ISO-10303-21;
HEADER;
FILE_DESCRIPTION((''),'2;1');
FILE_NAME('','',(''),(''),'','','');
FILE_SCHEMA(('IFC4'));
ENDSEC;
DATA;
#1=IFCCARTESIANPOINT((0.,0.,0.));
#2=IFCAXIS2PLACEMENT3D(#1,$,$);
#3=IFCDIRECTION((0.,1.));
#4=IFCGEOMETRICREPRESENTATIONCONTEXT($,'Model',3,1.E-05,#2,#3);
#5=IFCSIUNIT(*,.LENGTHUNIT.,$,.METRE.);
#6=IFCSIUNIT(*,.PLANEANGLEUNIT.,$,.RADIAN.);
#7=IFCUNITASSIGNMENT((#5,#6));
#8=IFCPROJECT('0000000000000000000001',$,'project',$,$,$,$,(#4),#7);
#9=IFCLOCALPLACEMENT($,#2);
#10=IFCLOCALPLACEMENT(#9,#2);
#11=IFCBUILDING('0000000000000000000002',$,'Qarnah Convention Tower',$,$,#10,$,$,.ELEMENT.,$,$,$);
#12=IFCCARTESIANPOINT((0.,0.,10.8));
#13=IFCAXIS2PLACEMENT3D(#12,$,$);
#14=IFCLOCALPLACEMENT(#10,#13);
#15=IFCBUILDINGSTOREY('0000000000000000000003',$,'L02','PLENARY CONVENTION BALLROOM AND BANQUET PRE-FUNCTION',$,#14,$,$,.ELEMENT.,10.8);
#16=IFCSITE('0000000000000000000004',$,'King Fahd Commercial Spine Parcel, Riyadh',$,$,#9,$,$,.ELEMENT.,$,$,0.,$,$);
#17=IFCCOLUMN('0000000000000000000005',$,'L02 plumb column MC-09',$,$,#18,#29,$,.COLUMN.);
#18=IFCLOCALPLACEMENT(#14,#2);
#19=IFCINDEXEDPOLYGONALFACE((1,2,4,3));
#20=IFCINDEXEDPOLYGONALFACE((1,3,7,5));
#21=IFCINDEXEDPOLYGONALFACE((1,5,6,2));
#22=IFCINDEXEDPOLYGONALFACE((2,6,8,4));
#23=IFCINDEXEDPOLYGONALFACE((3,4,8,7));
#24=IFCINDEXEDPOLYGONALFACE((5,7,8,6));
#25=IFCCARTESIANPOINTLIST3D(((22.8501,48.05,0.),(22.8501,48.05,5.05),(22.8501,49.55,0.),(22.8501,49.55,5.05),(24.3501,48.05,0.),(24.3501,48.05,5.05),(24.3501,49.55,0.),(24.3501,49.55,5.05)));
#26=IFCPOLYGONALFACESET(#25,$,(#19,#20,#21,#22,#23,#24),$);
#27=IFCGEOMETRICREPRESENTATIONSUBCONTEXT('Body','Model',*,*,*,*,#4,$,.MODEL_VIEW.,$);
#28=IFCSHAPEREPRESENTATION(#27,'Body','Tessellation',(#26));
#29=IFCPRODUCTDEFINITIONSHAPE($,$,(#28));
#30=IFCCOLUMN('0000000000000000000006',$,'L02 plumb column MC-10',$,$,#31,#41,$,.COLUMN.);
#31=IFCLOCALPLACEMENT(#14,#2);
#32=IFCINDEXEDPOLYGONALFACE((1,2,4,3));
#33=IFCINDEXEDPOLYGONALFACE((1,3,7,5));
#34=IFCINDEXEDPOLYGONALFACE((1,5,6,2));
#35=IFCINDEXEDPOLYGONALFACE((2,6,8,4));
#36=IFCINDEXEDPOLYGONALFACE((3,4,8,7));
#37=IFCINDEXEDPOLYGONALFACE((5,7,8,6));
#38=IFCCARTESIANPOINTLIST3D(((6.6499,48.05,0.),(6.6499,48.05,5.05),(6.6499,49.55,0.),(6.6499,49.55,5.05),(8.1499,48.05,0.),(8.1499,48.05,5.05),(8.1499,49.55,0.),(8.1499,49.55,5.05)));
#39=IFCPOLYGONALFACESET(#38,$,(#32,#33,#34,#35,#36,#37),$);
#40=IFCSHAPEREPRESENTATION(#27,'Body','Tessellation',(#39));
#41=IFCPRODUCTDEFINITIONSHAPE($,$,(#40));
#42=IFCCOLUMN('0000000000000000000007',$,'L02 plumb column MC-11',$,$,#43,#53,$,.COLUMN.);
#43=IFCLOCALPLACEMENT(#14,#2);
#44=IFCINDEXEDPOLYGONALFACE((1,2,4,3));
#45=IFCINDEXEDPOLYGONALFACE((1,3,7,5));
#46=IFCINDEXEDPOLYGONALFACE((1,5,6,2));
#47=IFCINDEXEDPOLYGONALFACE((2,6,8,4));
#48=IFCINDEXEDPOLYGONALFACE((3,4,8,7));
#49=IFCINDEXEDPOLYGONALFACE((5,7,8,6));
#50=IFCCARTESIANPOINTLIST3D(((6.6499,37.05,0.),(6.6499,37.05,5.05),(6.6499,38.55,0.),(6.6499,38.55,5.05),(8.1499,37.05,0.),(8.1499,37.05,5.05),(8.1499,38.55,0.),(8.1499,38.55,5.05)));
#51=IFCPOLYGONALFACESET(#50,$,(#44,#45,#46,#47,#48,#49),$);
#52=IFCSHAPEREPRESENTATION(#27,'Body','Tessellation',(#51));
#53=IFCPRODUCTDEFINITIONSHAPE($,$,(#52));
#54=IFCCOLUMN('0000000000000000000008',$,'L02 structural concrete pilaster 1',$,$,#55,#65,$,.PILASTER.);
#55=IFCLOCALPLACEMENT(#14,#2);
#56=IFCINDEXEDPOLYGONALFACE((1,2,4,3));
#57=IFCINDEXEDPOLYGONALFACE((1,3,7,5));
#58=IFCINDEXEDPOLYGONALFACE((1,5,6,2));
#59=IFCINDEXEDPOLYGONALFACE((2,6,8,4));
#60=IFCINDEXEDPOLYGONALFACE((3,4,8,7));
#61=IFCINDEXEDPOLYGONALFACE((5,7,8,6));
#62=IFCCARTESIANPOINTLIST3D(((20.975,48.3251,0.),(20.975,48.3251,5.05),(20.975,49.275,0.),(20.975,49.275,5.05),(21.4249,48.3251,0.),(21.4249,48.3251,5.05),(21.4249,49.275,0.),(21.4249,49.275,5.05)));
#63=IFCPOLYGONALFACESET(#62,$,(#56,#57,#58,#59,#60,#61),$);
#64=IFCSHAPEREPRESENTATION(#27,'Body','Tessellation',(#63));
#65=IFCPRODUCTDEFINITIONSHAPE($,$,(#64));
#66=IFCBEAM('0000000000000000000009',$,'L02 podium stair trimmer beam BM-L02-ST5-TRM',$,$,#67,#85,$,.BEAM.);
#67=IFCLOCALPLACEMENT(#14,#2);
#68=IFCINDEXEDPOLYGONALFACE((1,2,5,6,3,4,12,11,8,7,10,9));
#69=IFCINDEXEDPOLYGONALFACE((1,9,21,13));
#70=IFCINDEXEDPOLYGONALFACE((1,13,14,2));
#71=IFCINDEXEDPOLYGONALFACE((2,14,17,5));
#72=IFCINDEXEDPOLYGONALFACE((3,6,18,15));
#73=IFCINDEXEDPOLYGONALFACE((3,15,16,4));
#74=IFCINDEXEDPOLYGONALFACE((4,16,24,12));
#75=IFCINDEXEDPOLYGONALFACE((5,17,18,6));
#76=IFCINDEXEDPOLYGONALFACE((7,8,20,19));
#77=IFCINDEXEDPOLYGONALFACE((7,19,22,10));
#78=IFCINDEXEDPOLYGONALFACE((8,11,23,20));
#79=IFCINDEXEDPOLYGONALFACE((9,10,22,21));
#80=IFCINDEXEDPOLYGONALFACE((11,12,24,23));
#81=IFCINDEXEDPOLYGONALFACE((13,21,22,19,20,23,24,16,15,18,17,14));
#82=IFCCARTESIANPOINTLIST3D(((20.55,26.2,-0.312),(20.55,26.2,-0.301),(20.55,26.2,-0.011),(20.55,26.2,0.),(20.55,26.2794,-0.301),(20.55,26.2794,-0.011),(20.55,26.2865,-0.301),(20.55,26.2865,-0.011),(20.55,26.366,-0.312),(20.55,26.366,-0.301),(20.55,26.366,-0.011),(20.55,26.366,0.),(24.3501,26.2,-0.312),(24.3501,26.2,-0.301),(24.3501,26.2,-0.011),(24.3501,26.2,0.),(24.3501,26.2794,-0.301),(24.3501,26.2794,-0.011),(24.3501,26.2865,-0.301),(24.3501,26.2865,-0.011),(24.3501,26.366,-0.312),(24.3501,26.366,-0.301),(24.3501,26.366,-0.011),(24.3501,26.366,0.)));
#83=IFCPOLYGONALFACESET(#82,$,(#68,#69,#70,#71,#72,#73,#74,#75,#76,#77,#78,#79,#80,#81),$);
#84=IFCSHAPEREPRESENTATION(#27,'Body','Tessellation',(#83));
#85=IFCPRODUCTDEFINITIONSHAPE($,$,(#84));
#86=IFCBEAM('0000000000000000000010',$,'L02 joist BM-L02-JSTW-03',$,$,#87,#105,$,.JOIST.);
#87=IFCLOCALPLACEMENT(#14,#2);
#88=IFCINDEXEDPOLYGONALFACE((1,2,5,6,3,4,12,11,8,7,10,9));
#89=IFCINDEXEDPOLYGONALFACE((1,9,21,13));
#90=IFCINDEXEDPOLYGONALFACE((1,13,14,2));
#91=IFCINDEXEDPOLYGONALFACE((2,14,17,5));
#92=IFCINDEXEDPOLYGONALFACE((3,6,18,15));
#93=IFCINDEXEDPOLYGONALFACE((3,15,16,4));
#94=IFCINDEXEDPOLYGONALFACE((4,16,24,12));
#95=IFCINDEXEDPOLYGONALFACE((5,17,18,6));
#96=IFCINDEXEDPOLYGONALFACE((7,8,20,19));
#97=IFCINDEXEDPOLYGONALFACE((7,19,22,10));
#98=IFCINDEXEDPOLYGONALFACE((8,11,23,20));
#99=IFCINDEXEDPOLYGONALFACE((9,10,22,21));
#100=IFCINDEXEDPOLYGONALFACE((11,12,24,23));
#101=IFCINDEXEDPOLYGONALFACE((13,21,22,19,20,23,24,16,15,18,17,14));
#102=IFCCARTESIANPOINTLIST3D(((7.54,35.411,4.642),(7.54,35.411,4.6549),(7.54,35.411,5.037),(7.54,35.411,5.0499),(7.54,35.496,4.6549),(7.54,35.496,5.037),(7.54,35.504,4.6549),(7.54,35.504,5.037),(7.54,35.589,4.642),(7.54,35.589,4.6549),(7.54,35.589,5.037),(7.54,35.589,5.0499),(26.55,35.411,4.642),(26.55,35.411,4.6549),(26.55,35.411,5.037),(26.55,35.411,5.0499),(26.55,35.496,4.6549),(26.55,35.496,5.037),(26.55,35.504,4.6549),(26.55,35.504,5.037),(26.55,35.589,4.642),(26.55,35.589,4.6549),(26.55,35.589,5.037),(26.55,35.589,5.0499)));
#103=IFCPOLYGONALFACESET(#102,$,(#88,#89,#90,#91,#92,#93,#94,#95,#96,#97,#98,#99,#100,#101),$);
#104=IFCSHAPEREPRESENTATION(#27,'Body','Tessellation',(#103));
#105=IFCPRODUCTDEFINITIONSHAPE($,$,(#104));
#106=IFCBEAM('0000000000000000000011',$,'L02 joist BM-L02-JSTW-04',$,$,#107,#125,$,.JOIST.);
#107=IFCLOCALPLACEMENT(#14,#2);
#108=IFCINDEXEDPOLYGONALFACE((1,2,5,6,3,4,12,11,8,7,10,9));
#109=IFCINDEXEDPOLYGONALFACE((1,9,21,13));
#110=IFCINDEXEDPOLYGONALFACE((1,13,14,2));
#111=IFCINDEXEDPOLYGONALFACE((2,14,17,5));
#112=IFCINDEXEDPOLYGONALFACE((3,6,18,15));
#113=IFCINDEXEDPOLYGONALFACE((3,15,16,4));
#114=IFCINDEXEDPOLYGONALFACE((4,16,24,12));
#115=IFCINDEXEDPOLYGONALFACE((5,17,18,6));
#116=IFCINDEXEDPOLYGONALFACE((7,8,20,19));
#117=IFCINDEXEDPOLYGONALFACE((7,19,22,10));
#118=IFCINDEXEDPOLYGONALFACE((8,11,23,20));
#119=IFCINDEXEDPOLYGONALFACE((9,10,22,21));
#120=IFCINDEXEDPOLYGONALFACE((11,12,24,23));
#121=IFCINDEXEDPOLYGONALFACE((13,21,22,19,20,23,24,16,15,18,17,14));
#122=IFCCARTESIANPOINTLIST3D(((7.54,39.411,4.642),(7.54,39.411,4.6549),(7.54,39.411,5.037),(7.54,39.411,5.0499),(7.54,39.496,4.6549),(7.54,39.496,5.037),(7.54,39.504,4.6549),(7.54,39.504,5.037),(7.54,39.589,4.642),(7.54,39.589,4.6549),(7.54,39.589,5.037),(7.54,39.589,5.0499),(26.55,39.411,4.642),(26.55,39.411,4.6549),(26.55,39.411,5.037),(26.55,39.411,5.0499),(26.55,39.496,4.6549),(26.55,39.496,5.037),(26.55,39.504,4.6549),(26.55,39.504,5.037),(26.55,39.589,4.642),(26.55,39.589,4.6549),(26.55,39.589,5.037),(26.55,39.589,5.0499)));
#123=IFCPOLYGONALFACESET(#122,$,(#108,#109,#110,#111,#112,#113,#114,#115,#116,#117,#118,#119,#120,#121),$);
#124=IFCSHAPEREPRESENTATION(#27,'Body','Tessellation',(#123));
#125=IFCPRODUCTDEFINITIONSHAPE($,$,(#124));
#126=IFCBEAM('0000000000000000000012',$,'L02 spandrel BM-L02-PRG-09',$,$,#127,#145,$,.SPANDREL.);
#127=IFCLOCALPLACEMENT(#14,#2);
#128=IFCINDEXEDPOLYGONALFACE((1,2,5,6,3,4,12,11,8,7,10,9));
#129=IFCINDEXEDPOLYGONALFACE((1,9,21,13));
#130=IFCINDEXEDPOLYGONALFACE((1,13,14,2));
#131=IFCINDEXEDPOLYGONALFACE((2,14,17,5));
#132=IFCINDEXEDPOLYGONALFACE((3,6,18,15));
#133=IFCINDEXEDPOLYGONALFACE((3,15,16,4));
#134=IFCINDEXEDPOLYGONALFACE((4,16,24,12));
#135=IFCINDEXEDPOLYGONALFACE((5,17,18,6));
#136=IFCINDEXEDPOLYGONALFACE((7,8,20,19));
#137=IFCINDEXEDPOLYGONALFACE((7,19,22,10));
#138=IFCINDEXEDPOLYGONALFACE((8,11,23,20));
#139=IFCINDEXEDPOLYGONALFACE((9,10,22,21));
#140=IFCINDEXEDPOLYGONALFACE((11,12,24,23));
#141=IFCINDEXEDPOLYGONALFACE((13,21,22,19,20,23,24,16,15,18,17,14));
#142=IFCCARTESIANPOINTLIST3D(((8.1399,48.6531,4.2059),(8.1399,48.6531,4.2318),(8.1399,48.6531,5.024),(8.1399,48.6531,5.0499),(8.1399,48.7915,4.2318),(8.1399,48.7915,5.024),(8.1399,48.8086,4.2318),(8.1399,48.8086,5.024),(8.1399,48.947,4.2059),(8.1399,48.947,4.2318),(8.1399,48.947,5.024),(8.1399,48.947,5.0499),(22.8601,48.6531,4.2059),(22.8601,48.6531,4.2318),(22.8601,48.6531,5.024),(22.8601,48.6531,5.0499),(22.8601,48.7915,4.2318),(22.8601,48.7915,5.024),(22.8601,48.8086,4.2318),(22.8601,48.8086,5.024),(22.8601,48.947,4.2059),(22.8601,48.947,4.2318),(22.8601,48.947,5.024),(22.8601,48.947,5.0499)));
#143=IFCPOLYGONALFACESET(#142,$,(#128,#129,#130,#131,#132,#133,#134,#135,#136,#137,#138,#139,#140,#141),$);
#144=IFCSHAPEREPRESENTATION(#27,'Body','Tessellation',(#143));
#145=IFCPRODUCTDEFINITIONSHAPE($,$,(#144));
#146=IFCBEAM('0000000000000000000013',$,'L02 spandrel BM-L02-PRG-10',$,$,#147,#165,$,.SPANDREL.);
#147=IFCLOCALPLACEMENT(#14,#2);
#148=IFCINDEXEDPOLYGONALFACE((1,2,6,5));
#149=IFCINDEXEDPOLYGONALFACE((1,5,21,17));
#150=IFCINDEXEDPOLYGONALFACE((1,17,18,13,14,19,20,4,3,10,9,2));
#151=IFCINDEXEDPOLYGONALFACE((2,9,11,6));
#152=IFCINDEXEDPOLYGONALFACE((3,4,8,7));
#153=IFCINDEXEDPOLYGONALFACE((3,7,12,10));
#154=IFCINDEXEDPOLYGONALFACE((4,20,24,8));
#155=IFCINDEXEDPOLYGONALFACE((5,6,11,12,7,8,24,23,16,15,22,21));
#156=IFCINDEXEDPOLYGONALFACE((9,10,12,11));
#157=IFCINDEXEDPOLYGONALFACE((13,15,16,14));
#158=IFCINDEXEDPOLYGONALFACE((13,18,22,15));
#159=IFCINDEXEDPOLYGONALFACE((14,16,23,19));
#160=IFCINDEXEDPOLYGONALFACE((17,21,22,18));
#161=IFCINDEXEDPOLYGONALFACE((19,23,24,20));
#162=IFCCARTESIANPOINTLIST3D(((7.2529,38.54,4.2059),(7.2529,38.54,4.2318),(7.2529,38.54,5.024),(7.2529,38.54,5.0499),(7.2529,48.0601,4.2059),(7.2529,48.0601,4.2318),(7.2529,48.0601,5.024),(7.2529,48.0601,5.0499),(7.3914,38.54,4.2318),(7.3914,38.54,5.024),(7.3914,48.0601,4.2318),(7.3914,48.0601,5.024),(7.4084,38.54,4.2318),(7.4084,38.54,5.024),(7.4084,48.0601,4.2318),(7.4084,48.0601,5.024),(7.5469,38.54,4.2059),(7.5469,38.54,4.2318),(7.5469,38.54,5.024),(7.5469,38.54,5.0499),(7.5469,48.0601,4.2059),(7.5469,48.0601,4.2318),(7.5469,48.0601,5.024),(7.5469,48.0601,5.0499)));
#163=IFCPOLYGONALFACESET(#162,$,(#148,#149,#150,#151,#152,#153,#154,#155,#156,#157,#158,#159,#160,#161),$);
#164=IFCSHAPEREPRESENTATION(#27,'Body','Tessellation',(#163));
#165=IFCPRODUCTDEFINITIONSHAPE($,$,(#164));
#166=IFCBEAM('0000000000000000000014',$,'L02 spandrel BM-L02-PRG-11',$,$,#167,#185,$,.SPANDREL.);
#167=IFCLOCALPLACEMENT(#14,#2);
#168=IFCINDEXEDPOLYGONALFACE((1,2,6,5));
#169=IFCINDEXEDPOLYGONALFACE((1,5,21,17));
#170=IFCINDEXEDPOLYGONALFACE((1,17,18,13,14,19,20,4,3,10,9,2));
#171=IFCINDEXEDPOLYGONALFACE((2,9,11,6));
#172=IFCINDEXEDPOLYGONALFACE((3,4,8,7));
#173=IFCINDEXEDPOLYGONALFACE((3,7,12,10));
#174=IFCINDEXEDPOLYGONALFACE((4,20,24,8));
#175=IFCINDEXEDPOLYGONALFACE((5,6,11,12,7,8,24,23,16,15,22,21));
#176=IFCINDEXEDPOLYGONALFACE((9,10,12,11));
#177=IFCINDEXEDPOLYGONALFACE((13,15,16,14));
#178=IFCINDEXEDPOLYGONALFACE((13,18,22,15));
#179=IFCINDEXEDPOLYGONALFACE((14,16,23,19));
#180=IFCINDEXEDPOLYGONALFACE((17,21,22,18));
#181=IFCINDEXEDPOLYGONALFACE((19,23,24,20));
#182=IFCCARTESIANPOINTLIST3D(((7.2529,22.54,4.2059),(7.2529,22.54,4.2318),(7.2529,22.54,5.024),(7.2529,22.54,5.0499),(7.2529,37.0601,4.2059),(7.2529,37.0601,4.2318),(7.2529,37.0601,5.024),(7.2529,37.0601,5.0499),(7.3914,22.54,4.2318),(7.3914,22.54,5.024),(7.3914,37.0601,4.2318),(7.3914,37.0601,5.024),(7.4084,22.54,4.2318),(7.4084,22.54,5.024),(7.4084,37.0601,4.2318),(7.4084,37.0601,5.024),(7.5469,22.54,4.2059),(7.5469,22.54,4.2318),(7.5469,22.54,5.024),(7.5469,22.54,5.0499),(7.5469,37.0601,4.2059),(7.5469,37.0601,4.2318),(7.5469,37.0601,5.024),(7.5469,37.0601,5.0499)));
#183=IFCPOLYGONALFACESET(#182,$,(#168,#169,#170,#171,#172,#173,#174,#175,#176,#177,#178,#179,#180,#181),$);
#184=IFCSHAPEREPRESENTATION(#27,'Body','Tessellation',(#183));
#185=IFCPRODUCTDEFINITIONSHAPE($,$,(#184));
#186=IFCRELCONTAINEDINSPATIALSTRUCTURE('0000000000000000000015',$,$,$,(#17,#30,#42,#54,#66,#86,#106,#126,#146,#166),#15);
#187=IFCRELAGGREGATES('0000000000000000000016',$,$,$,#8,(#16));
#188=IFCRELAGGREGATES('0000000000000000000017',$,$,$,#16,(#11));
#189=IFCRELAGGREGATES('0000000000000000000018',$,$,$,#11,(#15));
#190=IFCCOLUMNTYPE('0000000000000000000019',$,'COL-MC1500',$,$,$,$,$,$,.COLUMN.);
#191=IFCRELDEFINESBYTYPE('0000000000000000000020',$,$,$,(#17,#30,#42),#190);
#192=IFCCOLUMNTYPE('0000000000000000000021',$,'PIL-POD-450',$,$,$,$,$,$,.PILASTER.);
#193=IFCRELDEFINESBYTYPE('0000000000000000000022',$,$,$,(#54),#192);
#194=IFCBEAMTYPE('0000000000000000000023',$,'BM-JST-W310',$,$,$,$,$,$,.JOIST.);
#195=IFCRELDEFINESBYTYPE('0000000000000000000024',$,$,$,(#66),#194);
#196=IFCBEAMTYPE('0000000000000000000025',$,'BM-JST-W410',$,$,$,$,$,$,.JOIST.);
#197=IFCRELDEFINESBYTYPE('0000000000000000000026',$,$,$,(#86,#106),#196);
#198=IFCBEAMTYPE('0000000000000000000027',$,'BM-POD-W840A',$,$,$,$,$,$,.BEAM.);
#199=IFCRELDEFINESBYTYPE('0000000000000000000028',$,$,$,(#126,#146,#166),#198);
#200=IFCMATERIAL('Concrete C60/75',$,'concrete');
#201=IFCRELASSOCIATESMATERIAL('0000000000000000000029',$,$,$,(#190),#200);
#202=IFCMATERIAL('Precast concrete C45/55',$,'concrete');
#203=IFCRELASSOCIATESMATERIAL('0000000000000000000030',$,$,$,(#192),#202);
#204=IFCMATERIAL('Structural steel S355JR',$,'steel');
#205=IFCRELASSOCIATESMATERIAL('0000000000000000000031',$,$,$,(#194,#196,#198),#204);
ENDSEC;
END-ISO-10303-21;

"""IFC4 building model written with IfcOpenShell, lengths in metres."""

from ifc_helpers import new_model, si_unit, direction, frame, origin, origin_2d, place, context, subcontext, project, spatial, rectangle, i_section, extrude, material, material_profile, profile_set, type_object, element, save


model = new_model("IFC4")

# Units and contexts
model_context = context("Model", 3, precision=1e-05, world=origin(), true_north=direction((0.0, 1.0)))
body_context = subcontext(model_context, "Body", "Model", "MODEL_VIEW")
ifc_project = project(units=[si_unit("LENGTHUNIT", "METRE"), si_unit("PLANEANGLEUNIT", "RADIAN")], contexts=[model_context])

# Site, building, storey
site_placement = place(None, origin())
site = spatial("IfcSite", under=ifc_project, at=site_placement, Name="King Fahd Commercial Spine Parcel, Riyadh", CompositionType="ELEMENT", RefElevation=0.0)
building_placement = place(site_placement, origin())
building = spatial("IfcBuilding", under=site, at=building_placement, Name="Qarnah Convention Tower", CompositionType="ELEMENT")
storey_placement = place(building_placement, frame((0.0, 0.0, 10.8)))
storey = spatial("IfcBuildingStorey", under=building, at=storey_placement, Name="L02", Description="PLENARY CONVENTION BALLROOM AND BANQUET PRE-FUNCTION", CompositionType="ELEMENT", Elevation=10.8)

# Columns
ifc_material_1 = material(Name="Concrete C60/75", Category="concrete")
ifc_material_profile_1 = material_profile(ifc_material_1, rectangle(XDim=1.5, YDim=1.5, at=origin_2d()), Name="RC-COL-1500X1500")
ifc_profile_set_1 = profile_set([ifc_material_profile_1], Name="Concrete C60/75")
column_type_1 = type_object("IfcColumnType", Name="COL-MC1500", PredefinedType="COLUMN", material=ifc_profile_set_1)
for number, where, z_axis, x_axis, name in (
    (1, (23.6001, 48.8, 0.0), (0.0, 0.0, 1.0), (1.0, 0.0, 0.0), "L02 plumb column MC-09"),
    (2, (7.3999, 48.8, 0.0), (0.0, 0.0, 1.0), (1.0, 0.0, 0.0), "L02 plumb column MC-10"),
    (3, (7.3999, 37.8, 0.0), (0.0, 0.0, 1.0), (1.0, 0.0, 0.0), "L02 plumb column MC-11"),
):
    element("IfcColumn", number, at=place(storey_placement, frame(where, z_axis=z_axis, x_axis=x_axis)), inside=storey, type_object=column_type_1, Name=name, PredefinedType="COLUMN", context=body_context, shape_type="SweptSolid", body=[
        extrude(rectangle(XDim=1.5, YDim=1.5, at=origin_2d()), origin(), (0.0, 0.0, 1.0), 5.05),
    ])
ifc_material_2 = material(Name="Precast concrete C45/55", Category="concrete")
ifc_material_profile_2 = material_profile(ifc_material_2, rectangle(XDim=0.45, YDim=0.95, at=origin_2d()), Name="PC-RIB-450X950")
ifc_profile_set_2 = profile_set([ifc_material_profile_2], Name="Precast concrete C45/55")
column_type_2 = type_object("IfcColumnType", Name="PIL-POD-450", PredefinedType="PILASTER", material=ifc_profile_set_2)
column_placement = place(storey_placement, frame((21.2, 48.8, 0.0), z_axis=(0.0, 0.0, 1.0), x_axis=(1.0, 0.0, 0.0)))
element("IfcColumn", 4, at=column_placement, inside=storey, type_object=column_type_2, Name="L02 structural concrete pilaster 1", PredefinedType="PILASTER", context=body_context, shape_type="SweptSolid", body=[
    extrude(rectangle(XDim=0.45, YDim=0.95, at=origin_2d()), origin(), (0.0, 0.0, 1.0), 5.05),
])

# Beams
ifc_material_3 = material(Name="Structural steel S355JR", Category="steel")
ifc_material_profile_3 = material_profile(ifc_material_3, i_section(OverallWidth=0.166, OverallDepth=0.312, WebThickness=0.0071, FlangeThickness=0.011, at=origin_2d()), Name="W310X45")
ifc_profile_set_3 = profile_set([ifc_material_profile_3], Name="Structural steel S355JR")
beam_type_1 = type_object("IfcBeamType", Name="BM-JST-W310", PredefinedType="JOIST", material=ifc_profile_set_3)
beam_1_placement = place(storey_placement, frame((20.55, 26.283, -0.156), z_axis=(1.0, 0.0, 0.0), x_axis=(0.0, 1.0, 0.0)))
element("IfcBeam", 5, at=beam_1_placement, inside=storey, type_object=beam_type_1, Name="L02 podium stair trimmer beam BM-L02-ST5-TRM", PredefinedType="BEAM", context=body_context, shape_type="SweptSolid", body=[
    extrude(i_section(OverallWidth=0.166, OverallDepth=0.312, WebThickness=0.0071, FlangeThickness=0.011, at=origin_2d()), origin(), (0.0, 0.0, 1.0), 3.8),
])
ifc_material_profile_4 = material_profile(ifc_material_3, i_section(OverallWidth=0.178, OverallDepth=0.408, WebThickness=0.0081, FlangeThickness=0.0129, at=origin_2d()), Name="W410X60")
ifc_profile_set_4 = profile_set([ifc_material_profile_4], Name="Structural steel S355JR")
beam_type_2 = type_object("IfcBeamType", Name="BM-JST-W410", PredefinedType="JOIST", material=ifc_profile_set_4)
for number, where, z_axis, x_axis, name in (
    (6, (7.54, 35.5, 4.8459), (1.0, 0.0, 0.0), (0.0, 1.0, 0.0), "L02 joist BM-L02-JSTW-03"),
    (7, (7.54, 39.5, 4.8459), (1.0, 0.0, 0.0), (0.0, 1.0, 0.0), "L02 joist BM-L02-JSTW-04"),
):
    element("IfcBeam", number, at=place(storey_placement, frame(where, z_axis=z_axis, x_axis=x_axis)), inside=storey, type_object=beam_type_2, Name=name, PredefinedType="JOIST", context=body_context, shape_type="SweptSolid", body=[
        extrude(i_section(OverallWidth=0.178, OverallDepth=0.408, WebThickness=0.0081, FlangeThickness=0.0129, at=origin_2d()), origin(), (0.0, 0.0, 1.0), 19.01),
    ])
ifc_material_profile_5 = material_profile(ifc_material_3, i_section(OverallWidth=0.2939, OverallDepth=0.844, WebThickness=0.0171, FlangeThickness=0.0259, at=origin_2d()), Name="W840X251")
ifc_profile_set_5 = profile_set([ifc_material_profile_5], Name="Structural steel S355JR")
beam_type_3 = type_object("IfcBeamType", Name="BM-POD-W840A", PredefinedType="BEAM", material=ifc_profile_set_5)
beam_2_placement = place(storey_placement, frame((22.8601, 48.8, 4.6279), z_axis=(-1.0, 0.0, 0.0), x_axis=(0.0, -1.0, 0.0)))
element("IfcBeam", 8, at=beam_2_placement, inside=storey, type_object=beam_type_3, Name="L02 spandrel BM-L02-PRG-09", PredefinedType="SPANDREL", context=body_context, shape_type="SweptSolid", body=[
    extrude(i_section(OverallWidth=0.2939, OverallDepth=0.844, WebThickness=0.0171, FlangeThickness=0.0259, at=origin_2d()), origin(), (0.0, 0.0, 1.0), 14.7202),
])
beam_3_placement = place(storey_placement, frame((7.3999, 48.0601, 4.6279), z_axis=(0.0, -1.0, 0.0), x_axis=(1.0, 0.0, 0.0)))
element("IfcBeam", 9, at=beam_3_placement, inside=storey, type_object=beam_type_3, Name="L02 spandrel BM-L02-PRG-10", PredefinedType="SPANDREL", context=body_context, shape_type="SweptSolid", body=[
    extrude(i_section(OverallWidth=0.2939, OverallDepth=0.844, WebThickness=0.0171, FlangeThickness=0.0259, at=origin_2d()), origin(), (0.0, 0.0, 1.0), 9.52),
])
beam_4_placement = place(storey_placement, frame((7.3999, 37.0601, 4.6279), z_axis=(0.0, -1.0, 0.0), x_axis=(1.0, 0.0, 0.0)))
element("IfcBeam", 10, at=beam_4_placement, inside=storey, type_object=beam_type_3, Name="L02 spandrel BM-L02-PRG-11", PredefinedType="SPANDREL", context=body_context, shape_type="SweptSolid", body=[
    extrude(i_section(OverallWidth=0.2939, OverallDepth=0.844, WebThickness=0.0171, FlangeThickness=0.0259, at=origin_2d()), origin(), (0.0, 0.0, 1.0), 14.52),
])

save(model, "model.ifc")
